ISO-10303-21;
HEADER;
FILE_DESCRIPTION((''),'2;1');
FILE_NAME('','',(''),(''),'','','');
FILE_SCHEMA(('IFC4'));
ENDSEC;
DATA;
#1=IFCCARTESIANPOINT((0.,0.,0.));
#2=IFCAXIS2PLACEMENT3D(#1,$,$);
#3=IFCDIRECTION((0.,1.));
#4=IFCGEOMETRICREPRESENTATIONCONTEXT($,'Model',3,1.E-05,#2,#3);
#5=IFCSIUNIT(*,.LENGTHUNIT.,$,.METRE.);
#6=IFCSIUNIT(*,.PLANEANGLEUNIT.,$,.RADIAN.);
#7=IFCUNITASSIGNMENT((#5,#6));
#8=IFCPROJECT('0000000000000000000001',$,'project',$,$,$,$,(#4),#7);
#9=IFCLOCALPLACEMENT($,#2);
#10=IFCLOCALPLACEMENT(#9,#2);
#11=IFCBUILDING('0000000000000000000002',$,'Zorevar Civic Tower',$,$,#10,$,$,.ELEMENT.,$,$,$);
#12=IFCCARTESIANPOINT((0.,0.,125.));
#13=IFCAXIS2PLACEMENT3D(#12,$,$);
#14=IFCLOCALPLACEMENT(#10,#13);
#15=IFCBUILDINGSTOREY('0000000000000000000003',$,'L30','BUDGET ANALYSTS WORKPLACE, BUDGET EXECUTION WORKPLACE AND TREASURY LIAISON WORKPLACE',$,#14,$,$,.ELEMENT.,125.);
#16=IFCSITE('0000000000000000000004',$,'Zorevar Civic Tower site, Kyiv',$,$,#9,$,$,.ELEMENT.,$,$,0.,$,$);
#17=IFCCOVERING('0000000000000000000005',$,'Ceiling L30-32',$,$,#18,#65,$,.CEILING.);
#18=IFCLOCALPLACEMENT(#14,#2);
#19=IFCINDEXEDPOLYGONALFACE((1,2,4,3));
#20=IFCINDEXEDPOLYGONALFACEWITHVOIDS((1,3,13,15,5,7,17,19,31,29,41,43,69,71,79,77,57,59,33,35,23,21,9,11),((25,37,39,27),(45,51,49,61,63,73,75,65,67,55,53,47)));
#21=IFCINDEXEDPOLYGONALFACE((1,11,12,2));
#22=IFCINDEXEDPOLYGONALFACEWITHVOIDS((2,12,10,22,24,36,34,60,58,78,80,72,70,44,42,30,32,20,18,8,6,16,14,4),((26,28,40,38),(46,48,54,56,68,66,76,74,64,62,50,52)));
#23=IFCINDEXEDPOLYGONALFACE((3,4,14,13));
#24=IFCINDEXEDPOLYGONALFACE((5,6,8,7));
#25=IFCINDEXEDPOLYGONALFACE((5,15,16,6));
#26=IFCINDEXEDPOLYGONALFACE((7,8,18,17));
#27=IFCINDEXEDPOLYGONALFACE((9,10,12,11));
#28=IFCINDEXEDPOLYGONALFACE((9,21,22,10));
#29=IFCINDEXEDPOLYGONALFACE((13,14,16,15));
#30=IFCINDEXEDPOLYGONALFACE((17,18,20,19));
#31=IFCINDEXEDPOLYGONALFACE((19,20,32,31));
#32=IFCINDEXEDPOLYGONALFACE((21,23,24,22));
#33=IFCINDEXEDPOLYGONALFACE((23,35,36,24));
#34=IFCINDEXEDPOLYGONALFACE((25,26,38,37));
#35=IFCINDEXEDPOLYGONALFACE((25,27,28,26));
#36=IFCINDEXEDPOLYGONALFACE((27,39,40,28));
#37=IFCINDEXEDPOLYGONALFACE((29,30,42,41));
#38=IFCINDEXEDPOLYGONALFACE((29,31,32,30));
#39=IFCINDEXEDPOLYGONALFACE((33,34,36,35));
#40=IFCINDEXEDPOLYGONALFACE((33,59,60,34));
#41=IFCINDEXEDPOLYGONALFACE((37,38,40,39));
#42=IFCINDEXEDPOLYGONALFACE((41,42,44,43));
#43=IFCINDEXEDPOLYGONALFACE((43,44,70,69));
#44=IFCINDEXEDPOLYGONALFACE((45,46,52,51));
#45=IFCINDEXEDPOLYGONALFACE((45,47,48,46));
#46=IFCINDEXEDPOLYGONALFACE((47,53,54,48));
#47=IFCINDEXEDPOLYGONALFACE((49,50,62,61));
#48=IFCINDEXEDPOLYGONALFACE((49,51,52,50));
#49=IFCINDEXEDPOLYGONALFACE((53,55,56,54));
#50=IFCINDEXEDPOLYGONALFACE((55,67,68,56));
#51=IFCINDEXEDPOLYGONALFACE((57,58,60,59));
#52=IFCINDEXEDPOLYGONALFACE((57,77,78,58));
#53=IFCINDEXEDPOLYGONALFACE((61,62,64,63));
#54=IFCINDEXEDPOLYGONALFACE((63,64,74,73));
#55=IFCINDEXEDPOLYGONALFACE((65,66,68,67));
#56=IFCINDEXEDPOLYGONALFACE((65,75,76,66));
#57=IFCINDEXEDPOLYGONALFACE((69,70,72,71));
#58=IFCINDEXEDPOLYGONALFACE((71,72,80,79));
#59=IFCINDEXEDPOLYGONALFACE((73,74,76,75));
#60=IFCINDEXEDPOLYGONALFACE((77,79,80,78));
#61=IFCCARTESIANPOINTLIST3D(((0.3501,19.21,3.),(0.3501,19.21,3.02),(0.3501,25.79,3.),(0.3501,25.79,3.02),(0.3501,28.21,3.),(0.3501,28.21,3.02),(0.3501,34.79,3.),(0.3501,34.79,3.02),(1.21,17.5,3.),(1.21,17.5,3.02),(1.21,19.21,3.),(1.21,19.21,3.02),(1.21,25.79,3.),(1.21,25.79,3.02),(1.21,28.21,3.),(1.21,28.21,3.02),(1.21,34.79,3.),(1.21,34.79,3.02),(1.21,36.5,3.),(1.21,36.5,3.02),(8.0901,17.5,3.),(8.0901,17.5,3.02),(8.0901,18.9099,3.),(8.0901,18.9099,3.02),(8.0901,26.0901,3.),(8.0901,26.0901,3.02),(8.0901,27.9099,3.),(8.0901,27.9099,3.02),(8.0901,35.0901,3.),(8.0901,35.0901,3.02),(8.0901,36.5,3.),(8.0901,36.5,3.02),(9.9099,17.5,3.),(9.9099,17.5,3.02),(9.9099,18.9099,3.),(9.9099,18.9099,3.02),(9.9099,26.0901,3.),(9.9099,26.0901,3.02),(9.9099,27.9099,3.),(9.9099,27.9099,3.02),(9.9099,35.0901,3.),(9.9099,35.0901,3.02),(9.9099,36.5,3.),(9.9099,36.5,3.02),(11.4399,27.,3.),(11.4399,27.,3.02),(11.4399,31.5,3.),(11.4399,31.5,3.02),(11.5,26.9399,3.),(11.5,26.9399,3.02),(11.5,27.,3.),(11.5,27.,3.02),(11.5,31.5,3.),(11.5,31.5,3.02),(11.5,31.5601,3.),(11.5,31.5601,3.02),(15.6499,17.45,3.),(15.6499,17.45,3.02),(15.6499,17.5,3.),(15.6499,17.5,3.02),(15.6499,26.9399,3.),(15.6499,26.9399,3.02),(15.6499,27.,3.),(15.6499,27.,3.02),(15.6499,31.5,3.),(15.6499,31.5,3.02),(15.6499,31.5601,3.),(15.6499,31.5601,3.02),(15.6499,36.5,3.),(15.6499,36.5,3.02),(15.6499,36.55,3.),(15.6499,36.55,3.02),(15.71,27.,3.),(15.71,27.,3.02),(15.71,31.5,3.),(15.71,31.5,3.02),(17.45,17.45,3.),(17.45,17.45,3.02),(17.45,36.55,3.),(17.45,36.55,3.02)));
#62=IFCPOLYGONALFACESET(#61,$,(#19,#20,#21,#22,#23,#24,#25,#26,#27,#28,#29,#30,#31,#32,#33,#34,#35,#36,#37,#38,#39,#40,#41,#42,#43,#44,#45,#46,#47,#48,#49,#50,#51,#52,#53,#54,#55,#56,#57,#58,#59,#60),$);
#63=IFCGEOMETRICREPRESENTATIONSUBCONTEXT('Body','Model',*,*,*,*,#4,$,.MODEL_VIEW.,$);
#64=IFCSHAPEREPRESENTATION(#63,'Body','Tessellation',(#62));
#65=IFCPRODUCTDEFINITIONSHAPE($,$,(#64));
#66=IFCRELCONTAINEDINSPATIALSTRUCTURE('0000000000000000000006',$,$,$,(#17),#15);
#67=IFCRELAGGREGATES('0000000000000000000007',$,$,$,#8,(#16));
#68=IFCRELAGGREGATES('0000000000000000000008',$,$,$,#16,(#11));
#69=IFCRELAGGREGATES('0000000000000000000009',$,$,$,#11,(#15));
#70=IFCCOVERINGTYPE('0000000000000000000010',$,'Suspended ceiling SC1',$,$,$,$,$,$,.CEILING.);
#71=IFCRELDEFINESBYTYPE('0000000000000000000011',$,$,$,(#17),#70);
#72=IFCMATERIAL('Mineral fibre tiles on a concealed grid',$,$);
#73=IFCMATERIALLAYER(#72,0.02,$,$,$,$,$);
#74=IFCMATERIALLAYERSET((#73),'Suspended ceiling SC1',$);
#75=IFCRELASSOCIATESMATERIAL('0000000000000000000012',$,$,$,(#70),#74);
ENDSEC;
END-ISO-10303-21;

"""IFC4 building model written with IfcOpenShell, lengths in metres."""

from ifc_helpers import new_model, si_unit, direction, frame, origin, place, context, subcontext, project, spatial, polyline, outline, extrude, material, layer, layer_set, type_object, element, save


model = new_model("IFC4")

# Units and contexts
model_context = context("Model", 3, precision=1e-05, world=origin(), true_north=direction((0.0, 1.0)))
body_context = subcontext(model_context, "Body", "Model", "MODEL_VIEW")
ifc_project = project(units=[si_unit("LENGTHUNIT", "METRE"), si_unit("PLANEANGLEUNIT", "RADIAN")], contexts=[model_context])

# Site, building, storey
site_placement = place(None, origin())
site = spatial("IfcSite", under=ifc_project, at=site_placement, Name="Zorevar Civic Tower site, Kyiv", CompositionType="ELEMENT", RefElevation=0.0)
building_placement = place(site_placement, origin())
building = spatial("IfcBuilding", under=site, at=building_placement, Name="Zorevar Civic Tower", CompositionType="ELEMENT")
storey_placement = place(building_placement, frame((0.0, 0.0, 125.0)))
storey = spatial("IfcBuildingStorey", under=building, at=storey_placement, Name="L30", Description="BUDGET ANALYSTS WORKPLACE, BUDGET EXECUTION WORKPLACE AND TREASURY LIAISON WORKPLACE", CompositionType="ELEMENT", Elevation=125.0)

# Covering
ifc_material_1 = material(Name="Mineral fibre tiles on a concealed grid")
ifc_layer_1 = layer(ifc_material_1, 0.02)
ifc_layer_set_1 = layer_set([ifc_layer_1], Name="Suspended ceiling SC1")
covering_type_1 = type_object("IfcCoveringType", Name="Suspended ceiling SC1", PredefinedType="CEILING", material=ifc_layer_set_1)
covering_1_placement = place(storey_placement, frame((0.0, 0.0, 3.0)))
element("IfcCovering", 1, at=covering_1_placement, inside=storey, type_object=covering_type_1, Name="Ceiling L30-32", PredefinedType="CEILING", context=body_context, shape_type="SweptSolid", body=[
    extrude(outline(polyline([(0.3501, 19.21), (0.3501, 25.79), (1.21, 25.79), (1.21, 28.21), (0.3501, 28.21), (0.3501, 34.79), (1.21, 34.79), (1.21, 36.5), (8.0901, 36.5), (8.0901, 35.0901), (9.9099, 35.0901), (9.9099, 36.5), (15.6499, 36.5), (15.6499, 36.55), (17.45, 36.55), (17.45, 17.45), (15.6499, 17.45), (15.6499, 17.5), (9.9099, 17.5), (9.9099, 18.9099), (8.0901, 18.9099), (8.0901, 17.5), (1.21, 17.5), (1.21, 19.21), (0.3501, 19.21)]), holes=[polyline([(11.4399, 27.0), (11.5, 27.0), (11.5, 26.9399), (15.6499, 26.9399), (15.6499, 27.0), (15.71, 27.0), (15.71, 31.5), (15.6499, 31.5), (15.6499, 31.5601), (11.5, 31.5601), (11.5, 31.5), (11.4399, 31.5), (11.4399, 27.0)]), polyline([(8.0901, 27.9099), (8.0901, 26.0901), (9.9099, 26.0901), (9.9099, 27.9099), (8.0901, 27.9099)])]), origin(), (0.0, 0.0, 1.0), 0.02),
])

save(model, "model.ifc")
